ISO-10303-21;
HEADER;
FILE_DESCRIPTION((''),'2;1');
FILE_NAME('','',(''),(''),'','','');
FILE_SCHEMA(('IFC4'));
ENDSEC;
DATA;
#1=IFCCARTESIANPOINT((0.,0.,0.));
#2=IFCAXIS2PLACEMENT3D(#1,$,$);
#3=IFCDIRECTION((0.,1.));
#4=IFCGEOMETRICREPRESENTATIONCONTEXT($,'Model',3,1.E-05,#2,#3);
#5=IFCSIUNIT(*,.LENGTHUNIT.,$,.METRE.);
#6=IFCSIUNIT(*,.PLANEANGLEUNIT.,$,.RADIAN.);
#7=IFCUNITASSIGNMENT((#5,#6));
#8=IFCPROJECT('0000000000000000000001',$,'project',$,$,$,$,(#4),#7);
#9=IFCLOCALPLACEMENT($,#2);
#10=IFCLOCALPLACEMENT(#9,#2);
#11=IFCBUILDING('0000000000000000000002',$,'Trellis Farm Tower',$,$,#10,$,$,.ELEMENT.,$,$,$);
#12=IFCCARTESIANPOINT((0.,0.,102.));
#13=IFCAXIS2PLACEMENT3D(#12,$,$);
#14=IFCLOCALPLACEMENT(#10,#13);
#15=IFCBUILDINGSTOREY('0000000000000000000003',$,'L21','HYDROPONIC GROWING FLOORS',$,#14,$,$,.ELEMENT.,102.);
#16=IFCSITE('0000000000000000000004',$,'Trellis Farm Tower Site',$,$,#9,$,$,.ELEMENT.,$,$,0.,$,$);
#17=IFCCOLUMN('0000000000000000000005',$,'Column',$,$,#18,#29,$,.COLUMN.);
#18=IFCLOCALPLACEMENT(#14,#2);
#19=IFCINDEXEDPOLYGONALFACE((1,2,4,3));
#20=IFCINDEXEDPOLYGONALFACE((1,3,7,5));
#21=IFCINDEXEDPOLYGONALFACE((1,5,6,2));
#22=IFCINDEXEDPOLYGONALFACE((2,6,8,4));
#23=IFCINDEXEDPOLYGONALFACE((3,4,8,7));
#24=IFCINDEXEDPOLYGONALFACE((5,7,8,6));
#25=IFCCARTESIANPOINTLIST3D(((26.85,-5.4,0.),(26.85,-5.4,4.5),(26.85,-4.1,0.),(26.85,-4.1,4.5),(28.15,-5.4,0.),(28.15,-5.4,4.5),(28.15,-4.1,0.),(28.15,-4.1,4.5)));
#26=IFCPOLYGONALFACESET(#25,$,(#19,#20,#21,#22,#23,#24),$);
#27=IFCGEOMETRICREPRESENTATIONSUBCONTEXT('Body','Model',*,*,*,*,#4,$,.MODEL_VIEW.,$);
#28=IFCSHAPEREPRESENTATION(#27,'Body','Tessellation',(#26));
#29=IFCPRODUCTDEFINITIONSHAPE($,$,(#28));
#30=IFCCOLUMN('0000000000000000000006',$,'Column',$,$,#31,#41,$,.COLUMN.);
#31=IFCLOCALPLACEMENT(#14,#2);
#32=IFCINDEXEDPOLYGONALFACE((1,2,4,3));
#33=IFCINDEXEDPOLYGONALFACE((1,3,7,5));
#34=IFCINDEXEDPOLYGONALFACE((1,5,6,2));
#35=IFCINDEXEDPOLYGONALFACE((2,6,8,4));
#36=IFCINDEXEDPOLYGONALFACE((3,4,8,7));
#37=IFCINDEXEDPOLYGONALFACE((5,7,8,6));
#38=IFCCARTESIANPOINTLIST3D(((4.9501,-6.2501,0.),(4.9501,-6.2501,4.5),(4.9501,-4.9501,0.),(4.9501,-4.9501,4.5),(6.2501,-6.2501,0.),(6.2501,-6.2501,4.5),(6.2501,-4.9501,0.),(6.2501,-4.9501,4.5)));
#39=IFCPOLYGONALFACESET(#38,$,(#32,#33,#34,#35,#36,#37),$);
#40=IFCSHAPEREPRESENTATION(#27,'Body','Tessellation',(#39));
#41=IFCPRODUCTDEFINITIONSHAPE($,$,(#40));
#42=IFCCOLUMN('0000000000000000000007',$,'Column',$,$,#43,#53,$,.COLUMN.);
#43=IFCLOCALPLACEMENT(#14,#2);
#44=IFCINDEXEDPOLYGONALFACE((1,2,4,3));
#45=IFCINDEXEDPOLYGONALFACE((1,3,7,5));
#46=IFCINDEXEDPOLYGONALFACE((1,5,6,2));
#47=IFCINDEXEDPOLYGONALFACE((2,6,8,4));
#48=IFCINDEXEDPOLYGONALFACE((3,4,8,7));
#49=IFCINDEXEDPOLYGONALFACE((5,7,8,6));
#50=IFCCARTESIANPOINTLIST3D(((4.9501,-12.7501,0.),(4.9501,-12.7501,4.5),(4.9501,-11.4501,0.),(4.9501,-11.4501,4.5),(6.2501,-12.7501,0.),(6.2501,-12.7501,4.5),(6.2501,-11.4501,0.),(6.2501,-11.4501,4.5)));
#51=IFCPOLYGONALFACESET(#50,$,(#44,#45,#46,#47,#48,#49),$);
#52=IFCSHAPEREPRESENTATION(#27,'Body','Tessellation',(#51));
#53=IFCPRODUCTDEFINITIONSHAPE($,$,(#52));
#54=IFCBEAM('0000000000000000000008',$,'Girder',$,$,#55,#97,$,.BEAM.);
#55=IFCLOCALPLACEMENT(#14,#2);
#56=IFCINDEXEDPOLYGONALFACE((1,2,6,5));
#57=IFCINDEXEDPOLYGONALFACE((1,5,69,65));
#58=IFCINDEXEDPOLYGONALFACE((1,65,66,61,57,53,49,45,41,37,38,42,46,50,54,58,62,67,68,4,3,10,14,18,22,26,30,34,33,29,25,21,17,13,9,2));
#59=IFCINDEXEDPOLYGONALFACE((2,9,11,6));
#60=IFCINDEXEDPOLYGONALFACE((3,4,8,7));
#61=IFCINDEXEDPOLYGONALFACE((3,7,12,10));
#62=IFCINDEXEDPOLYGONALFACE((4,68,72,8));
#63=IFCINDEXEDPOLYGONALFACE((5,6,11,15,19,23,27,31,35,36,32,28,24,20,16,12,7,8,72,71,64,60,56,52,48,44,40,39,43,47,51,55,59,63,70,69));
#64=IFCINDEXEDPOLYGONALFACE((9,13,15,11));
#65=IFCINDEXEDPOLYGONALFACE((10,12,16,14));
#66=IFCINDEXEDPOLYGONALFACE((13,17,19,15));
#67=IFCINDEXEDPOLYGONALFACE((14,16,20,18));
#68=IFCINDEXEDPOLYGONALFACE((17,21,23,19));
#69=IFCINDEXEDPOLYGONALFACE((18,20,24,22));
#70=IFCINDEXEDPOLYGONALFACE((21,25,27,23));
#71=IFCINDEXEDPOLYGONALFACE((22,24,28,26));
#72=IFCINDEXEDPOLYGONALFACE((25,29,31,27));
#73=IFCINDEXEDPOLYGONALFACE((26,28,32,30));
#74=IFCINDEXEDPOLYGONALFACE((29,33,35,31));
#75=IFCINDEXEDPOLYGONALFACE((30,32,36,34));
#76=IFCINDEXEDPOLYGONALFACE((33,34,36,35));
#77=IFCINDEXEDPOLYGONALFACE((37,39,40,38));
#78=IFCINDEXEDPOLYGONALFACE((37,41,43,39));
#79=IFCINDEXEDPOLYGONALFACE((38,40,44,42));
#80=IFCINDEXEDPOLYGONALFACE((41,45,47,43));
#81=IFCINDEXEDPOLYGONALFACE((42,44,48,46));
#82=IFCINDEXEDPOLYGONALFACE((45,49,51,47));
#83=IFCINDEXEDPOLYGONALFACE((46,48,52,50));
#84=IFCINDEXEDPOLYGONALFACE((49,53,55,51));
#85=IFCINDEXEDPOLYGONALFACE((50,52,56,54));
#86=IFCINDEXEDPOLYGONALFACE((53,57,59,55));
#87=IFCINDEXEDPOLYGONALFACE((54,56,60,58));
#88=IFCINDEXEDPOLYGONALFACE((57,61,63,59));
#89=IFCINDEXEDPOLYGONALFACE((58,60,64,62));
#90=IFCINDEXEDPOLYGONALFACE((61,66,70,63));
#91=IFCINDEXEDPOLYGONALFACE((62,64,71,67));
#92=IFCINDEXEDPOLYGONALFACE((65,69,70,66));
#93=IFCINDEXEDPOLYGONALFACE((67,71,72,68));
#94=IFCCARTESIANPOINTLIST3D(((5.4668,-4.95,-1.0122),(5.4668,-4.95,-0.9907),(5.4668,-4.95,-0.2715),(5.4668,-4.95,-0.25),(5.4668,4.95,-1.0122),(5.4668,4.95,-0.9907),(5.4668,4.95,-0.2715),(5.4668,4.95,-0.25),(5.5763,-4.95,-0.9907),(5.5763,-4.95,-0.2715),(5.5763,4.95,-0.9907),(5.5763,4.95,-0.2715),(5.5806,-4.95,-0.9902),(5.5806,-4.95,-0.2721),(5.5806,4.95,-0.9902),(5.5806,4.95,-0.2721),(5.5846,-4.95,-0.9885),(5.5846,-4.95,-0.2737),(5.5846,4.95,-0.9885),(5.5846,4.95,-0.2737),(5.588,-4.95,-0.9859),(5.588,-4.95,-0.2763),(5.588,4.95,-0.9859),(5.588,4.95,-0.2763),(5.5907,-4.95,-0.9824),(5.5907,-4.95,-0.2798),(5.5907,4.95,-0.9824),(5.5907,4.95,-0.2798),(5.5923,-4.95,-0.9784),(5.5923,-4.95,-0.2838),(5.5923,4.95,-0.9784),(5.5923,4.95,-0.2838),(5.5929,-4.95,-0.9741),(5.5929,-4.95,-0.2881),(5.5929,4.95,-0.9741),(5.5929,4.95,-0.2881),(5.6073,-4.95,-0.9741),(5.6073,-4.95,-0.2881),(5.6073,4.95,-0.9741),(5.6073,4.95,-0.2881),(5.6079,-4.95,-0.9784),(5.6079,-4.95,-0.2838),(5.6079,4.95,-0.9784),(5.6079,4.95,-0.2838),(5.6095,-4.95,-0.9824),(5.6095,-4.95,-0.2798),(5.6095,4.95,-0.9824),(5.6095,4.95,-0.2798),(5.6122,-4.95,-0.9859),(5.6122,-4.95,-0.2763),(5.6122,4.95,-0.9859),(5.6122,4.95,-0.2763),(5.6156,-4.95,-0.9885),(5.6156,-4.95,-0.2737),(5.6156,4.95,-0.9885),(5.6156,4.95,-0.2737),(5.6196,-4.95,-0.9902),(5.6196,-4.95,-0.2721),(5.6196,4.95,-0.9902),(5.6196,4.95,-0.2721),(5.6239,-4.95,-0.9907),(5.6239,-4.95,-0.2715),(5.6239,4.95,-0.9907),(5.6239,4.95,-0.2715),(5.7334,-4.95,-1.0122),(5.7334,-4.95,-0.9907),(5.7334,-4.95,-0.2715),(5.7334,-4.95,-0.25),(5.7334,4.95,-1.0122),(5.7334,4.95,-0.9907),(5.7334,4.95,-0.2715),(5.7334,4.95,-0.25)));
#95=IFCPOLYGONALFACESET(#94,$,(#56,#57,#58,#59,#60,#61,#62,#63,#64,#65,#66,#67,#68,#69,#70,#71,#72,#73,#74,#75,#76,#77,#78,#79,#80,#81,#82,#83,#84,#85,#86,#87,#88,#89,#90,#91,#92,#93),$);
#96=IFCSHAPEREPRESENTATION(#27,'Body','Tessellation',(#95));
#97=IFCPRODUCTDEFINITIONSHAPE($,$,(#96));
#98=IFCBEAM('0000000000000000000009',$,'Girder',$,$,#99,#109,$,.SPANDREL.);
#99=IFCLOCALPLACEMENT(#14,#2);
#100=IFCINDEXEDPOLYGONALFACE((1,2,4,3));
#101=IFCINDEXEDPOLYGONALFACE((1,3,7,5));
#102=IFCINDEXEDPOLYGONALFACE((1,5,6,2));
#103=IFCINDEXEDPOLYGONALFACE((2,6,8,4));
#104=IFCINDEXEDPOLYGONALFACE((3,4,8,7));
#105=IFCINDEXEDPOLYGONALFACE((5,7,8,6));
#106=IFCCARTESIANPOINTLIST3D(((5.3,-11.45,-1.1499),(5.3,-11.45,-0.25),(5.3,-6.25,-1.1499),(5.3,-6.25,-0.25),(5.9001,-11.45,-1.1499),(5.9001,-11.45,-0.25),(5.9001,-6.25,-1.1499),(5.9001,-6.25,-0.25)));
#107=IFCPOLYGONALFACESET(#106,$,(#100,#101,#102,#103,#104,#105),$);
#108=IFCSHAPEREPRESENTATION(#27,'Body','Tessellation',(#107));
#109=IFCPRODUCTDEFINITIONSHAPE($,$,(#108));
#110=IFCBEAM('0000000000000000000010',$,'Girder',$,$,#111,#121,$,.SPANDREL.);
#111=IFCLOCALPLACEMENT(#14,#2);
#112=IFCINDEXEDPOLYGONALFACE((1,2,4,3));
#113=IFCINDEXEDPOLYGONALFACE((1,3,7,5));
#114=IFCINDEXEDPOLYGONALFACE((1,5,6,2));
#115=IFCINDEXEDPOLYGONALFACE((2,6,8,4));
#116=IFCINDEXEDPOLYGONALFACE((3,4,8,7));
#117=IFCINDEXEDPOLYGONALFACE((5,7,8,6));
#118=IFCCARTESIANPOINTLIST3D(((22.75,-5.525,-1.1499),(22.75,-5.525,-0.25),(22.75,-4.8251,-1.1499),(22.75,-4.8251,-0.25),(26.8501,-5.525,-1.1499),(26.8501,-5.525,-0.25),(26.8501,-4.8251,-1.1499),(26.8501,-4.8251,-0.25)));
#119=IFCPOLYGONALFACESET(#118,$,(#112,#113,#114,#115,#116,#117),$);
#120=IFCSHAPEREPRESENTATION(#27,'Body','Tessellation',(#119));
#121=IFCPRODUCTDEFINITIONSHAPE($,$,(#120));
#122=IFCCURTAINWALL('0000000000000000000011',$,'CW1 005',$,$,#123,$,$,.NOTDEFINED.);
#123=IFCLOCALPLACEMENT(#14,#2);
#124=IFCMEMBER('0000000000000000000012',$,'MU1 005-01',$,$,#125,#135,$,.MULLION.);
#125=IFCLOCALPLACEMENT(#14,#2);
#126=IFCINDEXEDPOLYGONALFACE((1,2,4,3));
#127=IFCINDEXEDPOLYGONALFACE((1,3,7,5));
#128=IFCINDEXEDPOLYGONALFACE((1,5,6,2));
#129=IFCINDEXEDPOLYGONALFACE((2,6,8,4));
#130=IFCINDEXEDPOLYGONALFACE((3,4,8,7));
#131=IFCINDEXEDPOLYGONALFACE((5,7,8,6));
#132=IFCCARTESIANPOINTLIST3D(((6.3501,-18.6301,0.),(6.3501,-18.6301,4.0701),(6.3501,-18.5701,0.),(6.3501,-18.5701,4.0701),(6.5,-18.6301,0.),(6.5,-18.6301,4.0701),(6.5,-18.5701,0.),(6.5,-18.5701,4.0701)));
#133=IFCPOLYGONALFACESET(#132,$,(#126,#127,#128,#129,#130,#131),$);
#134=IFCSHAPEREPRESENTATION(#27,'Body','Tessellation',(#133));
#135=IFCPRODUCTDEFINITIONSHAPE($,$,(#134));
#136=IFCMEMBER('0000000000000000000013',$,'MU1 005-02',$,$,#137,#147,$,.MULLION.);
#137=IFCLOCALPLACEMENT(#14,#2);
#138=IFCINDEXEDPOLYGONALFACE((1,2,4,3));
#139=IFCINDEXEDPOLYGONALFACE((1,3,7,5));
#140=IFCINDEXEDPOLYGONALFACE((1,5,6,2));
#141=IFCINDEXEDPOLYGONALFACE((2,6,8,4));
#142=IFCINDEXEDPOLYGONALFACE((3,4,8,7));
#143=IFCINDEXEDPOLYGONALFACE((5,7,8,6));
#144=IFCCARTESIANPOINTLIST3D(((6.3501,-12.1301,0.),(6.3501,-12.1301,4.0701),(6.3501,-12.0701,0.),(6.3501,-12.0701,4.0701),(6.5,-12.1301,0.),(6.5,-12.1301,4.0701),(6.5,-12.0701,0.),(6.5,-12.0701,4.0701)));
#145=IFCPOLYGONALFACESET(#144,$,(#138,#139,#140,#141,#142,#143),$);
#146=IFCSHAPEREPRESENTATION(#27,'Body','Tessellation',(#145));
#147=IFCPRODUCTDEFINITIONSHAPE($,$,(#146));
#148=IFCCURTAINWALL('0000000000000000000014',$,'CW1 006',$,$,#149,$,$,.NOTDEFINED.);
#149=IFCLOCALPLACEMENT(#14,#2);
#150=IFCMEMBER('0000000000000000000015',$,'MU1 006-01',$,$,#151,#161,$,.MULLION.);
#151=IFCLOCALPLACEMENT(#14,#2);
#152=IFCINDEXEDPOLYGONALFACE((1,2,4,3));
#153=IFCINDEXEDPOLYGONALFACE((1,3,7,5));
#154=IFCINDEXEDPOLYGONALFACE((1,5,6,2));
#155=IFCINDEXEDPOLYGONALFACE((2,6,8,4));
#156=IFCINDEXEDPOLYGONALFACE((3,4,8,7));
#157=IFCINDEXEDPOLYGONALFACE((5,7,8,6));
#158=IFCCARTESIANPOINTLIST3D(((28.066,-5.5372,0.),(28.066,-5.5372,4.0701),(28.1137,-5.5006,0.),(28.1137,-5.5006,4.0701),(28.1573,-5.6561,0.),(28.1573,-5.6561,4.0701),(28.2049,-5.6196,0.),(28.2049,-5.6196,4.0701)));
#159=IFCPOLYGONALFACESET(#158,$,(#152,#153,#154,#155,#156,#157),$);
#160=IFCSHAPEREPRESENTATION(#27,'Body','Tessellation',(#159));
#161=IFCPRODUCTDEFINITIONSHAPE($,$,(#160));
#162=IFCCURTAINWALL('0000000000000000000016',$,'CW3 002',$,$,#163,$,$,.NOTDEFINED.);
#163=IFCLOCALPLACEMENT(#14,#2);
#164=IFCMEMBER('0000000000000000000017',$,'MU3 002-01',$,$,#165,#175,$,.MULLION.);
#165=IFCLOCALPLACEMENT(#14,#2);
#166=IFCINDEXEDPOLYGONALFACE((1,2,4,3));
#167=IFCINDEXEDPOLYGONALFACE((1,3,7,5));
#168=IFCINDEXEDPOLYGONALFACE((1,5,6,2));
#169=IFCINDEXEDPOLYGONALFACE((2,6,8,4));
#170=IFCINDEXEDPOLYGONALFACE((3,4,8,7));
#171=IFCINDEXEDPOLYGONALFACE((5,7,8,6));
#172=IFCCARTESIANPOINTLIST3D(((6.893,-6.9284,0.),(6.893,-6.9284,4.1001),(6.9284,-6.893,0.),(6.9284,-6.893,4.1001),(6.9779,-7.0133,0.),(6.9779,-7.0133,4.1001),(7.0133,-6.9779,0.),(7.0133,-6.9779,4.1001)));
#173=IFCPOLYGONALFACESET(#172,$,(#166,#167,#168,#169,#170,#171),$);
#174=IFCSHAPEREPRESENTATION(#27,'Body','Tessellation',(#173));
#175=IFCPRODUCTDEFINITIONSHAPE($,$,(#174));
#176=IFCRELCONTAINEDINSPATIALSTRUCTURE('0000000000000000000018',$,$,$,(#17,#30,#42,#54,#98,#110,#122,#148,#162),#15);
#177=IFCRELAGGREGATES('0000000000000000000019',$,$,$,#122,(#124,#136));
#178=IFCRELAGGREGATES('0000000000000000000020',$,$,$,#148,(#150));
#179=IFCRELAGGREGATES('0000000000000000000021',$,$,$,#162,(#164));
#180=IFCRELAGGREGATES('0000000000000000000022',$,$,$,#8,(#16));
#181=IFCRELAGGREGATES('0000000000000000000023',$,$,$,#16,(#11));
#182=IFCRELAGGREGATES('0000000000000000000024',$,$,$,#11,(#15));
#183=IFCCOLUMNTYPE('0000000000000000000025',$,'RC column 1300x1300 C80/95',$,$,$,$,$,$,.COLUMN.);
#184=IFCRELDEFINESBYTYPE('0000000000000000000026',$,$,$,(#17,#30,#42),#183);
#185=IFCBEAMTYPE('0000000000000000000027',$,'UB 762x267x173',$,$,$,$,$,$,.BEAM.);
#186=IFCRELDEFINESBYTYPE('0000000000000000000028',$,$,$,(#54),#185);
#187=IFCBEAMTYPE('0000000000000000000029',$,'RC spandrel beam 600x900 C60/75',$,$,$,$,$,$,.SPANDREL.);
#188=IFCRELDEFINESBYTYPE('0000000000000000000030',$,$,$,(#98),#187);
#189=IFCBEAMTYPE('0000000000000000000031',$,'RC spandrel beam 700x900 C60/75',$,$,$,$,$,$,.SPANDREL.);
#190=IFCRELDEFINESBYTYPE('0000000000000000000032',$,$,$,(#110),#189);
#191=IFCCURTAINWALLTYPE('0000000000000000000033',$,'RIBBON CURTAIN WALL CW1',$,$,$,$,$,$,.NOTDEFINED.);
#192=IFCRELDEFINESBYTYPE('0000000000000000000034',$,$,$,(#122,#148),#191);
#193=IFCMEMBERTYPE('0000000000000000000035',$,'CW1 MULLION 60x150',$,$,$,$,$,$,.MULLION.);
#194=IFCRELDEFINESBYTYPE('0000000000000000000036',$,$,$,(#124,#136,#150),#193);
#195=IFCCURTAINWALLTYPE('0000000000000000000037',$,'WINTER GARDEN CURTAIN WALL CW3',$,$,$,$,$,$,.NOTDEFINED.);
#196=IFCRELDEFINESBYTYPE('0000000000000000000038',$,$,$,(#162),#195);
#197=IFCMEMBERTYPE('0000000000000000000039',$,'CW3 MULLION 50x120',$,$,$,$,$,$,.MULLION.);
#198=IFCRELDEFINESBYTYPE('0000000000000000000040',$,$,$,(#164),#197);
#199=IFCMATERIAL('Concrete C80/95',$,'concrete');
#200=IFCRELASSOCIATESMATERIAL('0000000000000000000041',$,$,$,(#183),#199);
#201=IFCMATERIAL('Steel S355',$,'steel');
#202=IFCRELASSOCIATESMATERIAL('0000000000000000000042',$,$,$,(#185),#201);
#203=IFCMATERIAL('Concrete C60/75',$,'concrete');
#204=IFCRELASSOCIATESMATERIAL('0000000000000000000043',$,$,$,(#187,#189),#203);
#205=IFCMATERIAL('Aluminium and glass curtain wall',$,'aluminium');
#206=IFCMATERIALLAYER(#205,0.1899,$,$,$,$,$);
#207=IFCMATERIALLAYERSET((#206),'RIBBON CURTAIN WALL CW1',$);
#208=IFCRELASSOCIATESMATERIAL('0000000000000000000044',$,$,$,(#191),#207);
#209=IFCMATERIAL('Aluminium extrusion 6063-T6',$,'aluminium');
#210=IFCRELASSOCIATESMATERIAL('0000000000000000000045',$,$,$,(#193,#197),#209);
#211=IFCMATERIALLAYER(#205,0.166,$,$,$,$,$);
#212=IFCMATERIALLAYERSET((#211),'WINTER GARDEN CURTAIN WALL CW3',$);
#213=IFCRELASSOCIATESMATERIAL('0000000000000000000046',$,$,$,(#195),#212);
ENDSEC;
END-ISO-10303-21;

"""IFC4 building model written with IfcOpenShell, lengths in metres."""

from ifc_helpers import new_model, si_unit, direction, frame, origin, origin_2d, place, context, subcontext, project, spatial, rectangle, i_section, extrude, source, transform, mapped, material, layer, layer_set, material_profile, profile_set, type_object, element, aggregate, save


model = new_model("IFC4")

# Units and contexts
model_context = context("Model", 3, precision=1e-05, world=origin(), true_north=direction((0.0, 1.0)))
body_context = subcontext(model_context, "Body", "Model", "MODEL_VIEW")
ifc_project = project(units=[si_unit("LENGTHUNIT", "METRE"), si_unit("PLANEANGLEUNIT", "RADIAN")], contexts=[model_context])

# Site, building, storey
site_placement = place(None, origin())
site = spatial("IfcSite", under=ifc_project, at=site_placement, Name="Trellis Farm Tower Site", CompositionType="ELEMENT", RefElevation=0.0)
building_placement = place(site_placement, origin())
building = spatial("IfcBuilding", under=site, at=building_placement, Name="Trellis Farm Tower", CompositionType="ELEMENT")
storey_placement = place(building_placement, frame((0.0, 0.0, 102.0)))
storey = spatial("IfcBuildingStorey", under=building, at=storey_placement, Name="L21", Description="HYDROPONIC GROWING FLOORS", CompositionType="ELEMENT", Elevation=102.0)

# Columns
ifc_material_1 = material(Name="Concrete C80/95", Category="concrete")
ifc_material_profile_1 = material_profile(ifc_material_1, rectangle(XDim=1.3, YDim=1.3, at=origin_2d()), Name="RC column 1300x1300 C80/95")
ifc_profile_set_1 = profile_set([ifc_material_profile_1], Name="Concrete C80/95")
column_type = type_object("IfcColumnType", Name="RC column 1300x1300 C80/95", PredefinedType="COLUMN", material=ifc_profile_set_1)
shared_shape_1 = source(origin(), body_context, "Body", "SweptSolid", [
    extrude(rectangle(XDim=1.3, YDim=1.3, at=origin_2d()), origin(), (0.0, 0.0, 1.0), 4.5),
])
for number, where, z_axis, x_axis, name in (
    (1, (27.5, -4.75, 0.0), (0.0, 0.0, 1.0), (1.0, 0.0, 0.0), "Column"),
    (2, (5.6001, -5.6001, 0.0), (0.0, 0.0, 1.0), (1.0, 0.0, 0.0), "Column"),
    (3, (5.6001, -12.1001, 0.0), (0.0, 0.0, 1.0), (1.0, 0.0, 0.0), "Column"),
):
    element("IfcColumn", number, at=place(storey_placement, frame(where, z_axis=z_axis, x_axis=x_axis)), inside=storey, type_object=column_type, Name=name, PredefinedType="COLUMN", context=body_context, shape_type="MappedRepresentation", body=[
        mapped(shared_shape_1, transform((0.0, 0.0, 0.0))),
    ])

# Beams
ifc_material_2 = material(Name="Steel S355", Category="steel")
ifc_material_profile_2 = material_profile(ifc_material_2, i_section(OverallWidth=0.2666, OverallDepth=0.7622, WebThickness=0.0144, FlangeThickness=0.0215, FilletRadius=0.0166, at=origin_2d()), Name="UB 762x267x173")
ifc_profile_set_2 = profile_set([ifc_material_profile_2], Name="Steel S355")
beam_type_1 = type_object("IfcBeamType", Name="UB 762x267x173", PredefinedType="BEAM", material=ifc_profile_set_2)
shared_shape_2 = source(origin(), body_context, "Body", "SweptSolid", [
    extrude(i_section(OverallWidth=0.2666, OverallDepth=0.7622, WebThickness=0.0144, FlangeThickness=0.0215, FilletRadius=0.0166, at=origin_2d()), origin(), (0.0, 0.0, 1.0), 9.8999),
])
beam_1_placement = place(storey_placement, frame((5.6001, -4.95, -0.6311), z_axis=(0.0, 1.0, 0.0), x_axis=(-1.0, 0.0, 0.0)))
element("IfcBeam", 4, at=beam_1_placement, inside=storey, type_object=beam_type_1, Name="Girder", PredefinedType="BEAM", context=body_context, shape_type="MappedRepresentation", body=[
    mapped(shared_shape_2, transform((0.0, 0.0, 0.0))),
])
ifc_material_3 = material(Name="Concrete C60/75", Category="concrete")
ifc_material_profile_3 = material_profile(ifc_material_3, rectangle(XDim=0.6001, YDim=0.8999, at=origin_2d()), Name="RC spandrel beam 600x900 C60/75")
ifc_profile_set_3 = profile_set([ifc_material_profile_3], Name="Concrete C60/75")
beam_type_2 = type_object("IfcBeamType", Name="RC spandrel beam 600x900 C60/75", PredefinedType="SPANDREL", material=ifc_profile_set_3)
shared_shape_3 = source(origin(), body_context, "Body", "SweptSolid", [
    extrude(rectangle(XDim=0.6001, YDim=0.8999, at=origin_2d()), origin(), (0.0, 0.0, 1.0), 5.2),
])
beam_2_placement = place(storey_placement, frame((5.6001, -11.45, -0.7), z_axis=(0.0, 1.0, 0.0), x_axis=(-1.0, 0.0, 0.0)))
element("IfcBeam", 5, at=beam_2_placement, inside=storey, type_object=beam_type_2, Name="Girder", PredefinedType="SPANDREL", context=body_context, shape_type="MappedRepresentation", body=[
    mapped(shared_shape_3, transform((0.0, 0.0, 0.0))),
])
ifc_material_profile_4 = material_profile(ifc_material_3, rectangle(XDim=0.7, YDim=0.8999, at=origin_2d()), Name="RC spandrel beam 700x900 C60/75")
ifc_profile_set_4 = profile_set([ifc_material_profile_4], Name="Concrete C60/75")
beam_type_3 = type_object("IfcBeamType", Name="RC spandrel beam 700x900 C60/75", PredefinedType="SPANDREL", material=ifc_profile_set_4)
shared_shape_4 = source(origin(), body_context, "Body", "SweptSolid", [
    extrude(rectangle(XDim=0.7, YDim=0.8999, at=origin_2d()), origin(), (0.0, 0.0, 1.0), 4.1001),
])
beam_3_placement = place(storey_placement, frame((22.75, -5.175, -0.7), z_axis=(1.0, 0.0, 0.0), x_axis=(0.0, 1.0, 0.0)))
element("IfcBeam", 6, at=beam_3_placement, inside=storey, type_object=beam_type_3, Name="Girder", PredefinedType="SPANDREL", context=body_context, shape_type="MappedRepresentation", body=[
    mapped(shared_shape_4, transform((0.0, 0.0, 0.0))),
])

# Curtain wall, members
ifc_material_4 = material(Name="Aluminium and glass curtain wall", Category="aluminium")
ifc_layer_1 = layer(ifc_material_4, 0.1899)
ifc_layer_set_1 = layer_set([ifc_layer_1], Name="RIBBON CURTAIN WALL CW1")
curtain_wall_type_1 = type_object("IfcCurtainWallType", Name="RIBBON CURTAIN WALL CW1", PredefinedType="NOTDEFINED", material=ifc_layer_set_1)
placement = place(storey_placement, origin())
curtain_wall_1 = element("IfcCurtainWall", 7, at=placement, inside=storey, type_object=curtain_wall_type_1, Name="CW1 005", PredefinedType="NOTDEFINED")
ifc_material_5 = material(Name="Aluminium extrusion 6063-T6", Category="aluminium")
ifc_material_profile_5 = material_profile(ifc_material_5, rectangle(XDim=0.0601, YDim=0.1499, at=origin_2d()), Name="MULLION 60x150")
ifc_profile_set_5 = profile_set([ifc_material_profile_5], Name="Aluminium extrusion 6063-T6")
member_type_1 = type_object("IfcMemberType", Name="CW1 MULLION 60x150", PredefinedType="MULLION", material=ifc_profile_set_5)
shared_shape_5 = source(origin(), body_context, "Body", "SweptSolid", [
    extrude(rectangle(XDim=0.0601, YDim=0.1499, at=origin_2d()), origin(), (0.0, 0.0, 1.0), 4.0701),
])
member_1_placement = place(storey_placement, frame((6.425, -18.6001, 0.0), z_axis=(0.0, 0.0, 1.0), x_axis=(0.0, 1.0, 0.0)))
member_1 = element("IfcMember", 8, at=member_1_placement, type_object=member_type_1, Name="MU1 005-01", PredefinedType="MULLION", context=body_context, shape_type="MappedRepresentation", body=[
    mapped(shared_shape_5, transform((0.0, 0.0, 0.0))),
])
member_2_placement = place(storey_placement, frame((6.425, -12.1001, 0.0), z_axis=(0.0, 0.0, 1.0), x_axis=(0.0, 1.0, 0.0)))
member_2 = element("IfcMember", 9, at=member_2_placement, type_object=member_type_1, Name="MU1 005-02", PredefinedType="MULLION", context=body_context, shape_type="MappedRepresentation", body=[
    mapped(shared_shape_5, transform((0.0, 0.0, 0.0))),
])
aggregate(curtain_wall_1, [member_1, member_2])

# Curtain walls, members
curtain_wall_2 = element("IfcCurtainWall", 10, at=placement, inside=storey, type_object=curtain_wall_type_1, Name="CW1 006", PredefinedType="NOTDEFINED")
member_3_placement = place(storey_placement, frame((28.1355, -5.5784, 0.0), z_axis=(0.0, 0.0, 1.0), x_axis=(0.793353, 0.608761, 0.0)))
member_3 = element("IfcMember", 11, at=member_3_placement, type_object=member_type_1, Name="MU1 006-01", PredefinedType="MULLION", context=body_context, shape_type="MappedRepresentation", body=[
    mapped(shared_shape_5, transform((0.0, 0.0, 0.0))),
])
aggregate(curtain_wall_2, [member_3])
ifc_layer_2 = layer(ifc_material_4, 0.166)
ifc_layer_set_2 = layer_set([ifc_layer_2], Name="WINTER GARDEN CURTAIN WALL CW3")
curtain_wall_type_2 = type_object("IfcCurtainWallType", Name="WINTER GARDEN CURTAIN WALL CW3", PredefinedType="NOTDEFINED", material=ifc_layer_set_2)
curtain_wall_3 = element("IfcCurtainWall", 12, at=placement, inside=storey, type_object=curtain_wall_type_2, Name="CW3 002", PredefinedType="NOTDEFINED")
ifc_material_profile_6 = material_profile(ifc_material_5, rectangle(XDim=0.05, YDim=0.1201, at=origin_2d()), Name="MULLION 50x120")
ifc_profile_set_6 = profile_set([ifc_material_profile_6], Name="Aluminium extrusion 6063-T6")
member_type_2 = type_object("IfcMemberType", Name="CW3 MULLION 50x120", PredefinedType="MULLION", material=ifc_profile_set_6)
shared_shape_6 = source(origin(), body_context, "Body", "SweptSolid", [
    extrude(rectangle(XDim=0.05, YDim=0.1201, at=origin_2d()), origin(), (0.0, 0.0, 1.0), 4.1001),
])
member_4_placement = place(storey_placement, frame((6.9531, -6.9531, 0.0), z_axis=(0.0, 0.0, 1.0), x_axis=(0.707107, 0.707107, 0.0)))
member_4 = element("IfcMember", 13, at=member_4_placement, type_object=member_type_2, Name="MU3 002-01", PredefinedType="MULLION", context=body_context, shape_type="MappedRepresentation", body=[
    mapped(shared_shape_6, transform((0.0, 0.0, 0.0))),
])
aggregate(curtain_wall_3, [member_4])

save(model, "model.ifc")
